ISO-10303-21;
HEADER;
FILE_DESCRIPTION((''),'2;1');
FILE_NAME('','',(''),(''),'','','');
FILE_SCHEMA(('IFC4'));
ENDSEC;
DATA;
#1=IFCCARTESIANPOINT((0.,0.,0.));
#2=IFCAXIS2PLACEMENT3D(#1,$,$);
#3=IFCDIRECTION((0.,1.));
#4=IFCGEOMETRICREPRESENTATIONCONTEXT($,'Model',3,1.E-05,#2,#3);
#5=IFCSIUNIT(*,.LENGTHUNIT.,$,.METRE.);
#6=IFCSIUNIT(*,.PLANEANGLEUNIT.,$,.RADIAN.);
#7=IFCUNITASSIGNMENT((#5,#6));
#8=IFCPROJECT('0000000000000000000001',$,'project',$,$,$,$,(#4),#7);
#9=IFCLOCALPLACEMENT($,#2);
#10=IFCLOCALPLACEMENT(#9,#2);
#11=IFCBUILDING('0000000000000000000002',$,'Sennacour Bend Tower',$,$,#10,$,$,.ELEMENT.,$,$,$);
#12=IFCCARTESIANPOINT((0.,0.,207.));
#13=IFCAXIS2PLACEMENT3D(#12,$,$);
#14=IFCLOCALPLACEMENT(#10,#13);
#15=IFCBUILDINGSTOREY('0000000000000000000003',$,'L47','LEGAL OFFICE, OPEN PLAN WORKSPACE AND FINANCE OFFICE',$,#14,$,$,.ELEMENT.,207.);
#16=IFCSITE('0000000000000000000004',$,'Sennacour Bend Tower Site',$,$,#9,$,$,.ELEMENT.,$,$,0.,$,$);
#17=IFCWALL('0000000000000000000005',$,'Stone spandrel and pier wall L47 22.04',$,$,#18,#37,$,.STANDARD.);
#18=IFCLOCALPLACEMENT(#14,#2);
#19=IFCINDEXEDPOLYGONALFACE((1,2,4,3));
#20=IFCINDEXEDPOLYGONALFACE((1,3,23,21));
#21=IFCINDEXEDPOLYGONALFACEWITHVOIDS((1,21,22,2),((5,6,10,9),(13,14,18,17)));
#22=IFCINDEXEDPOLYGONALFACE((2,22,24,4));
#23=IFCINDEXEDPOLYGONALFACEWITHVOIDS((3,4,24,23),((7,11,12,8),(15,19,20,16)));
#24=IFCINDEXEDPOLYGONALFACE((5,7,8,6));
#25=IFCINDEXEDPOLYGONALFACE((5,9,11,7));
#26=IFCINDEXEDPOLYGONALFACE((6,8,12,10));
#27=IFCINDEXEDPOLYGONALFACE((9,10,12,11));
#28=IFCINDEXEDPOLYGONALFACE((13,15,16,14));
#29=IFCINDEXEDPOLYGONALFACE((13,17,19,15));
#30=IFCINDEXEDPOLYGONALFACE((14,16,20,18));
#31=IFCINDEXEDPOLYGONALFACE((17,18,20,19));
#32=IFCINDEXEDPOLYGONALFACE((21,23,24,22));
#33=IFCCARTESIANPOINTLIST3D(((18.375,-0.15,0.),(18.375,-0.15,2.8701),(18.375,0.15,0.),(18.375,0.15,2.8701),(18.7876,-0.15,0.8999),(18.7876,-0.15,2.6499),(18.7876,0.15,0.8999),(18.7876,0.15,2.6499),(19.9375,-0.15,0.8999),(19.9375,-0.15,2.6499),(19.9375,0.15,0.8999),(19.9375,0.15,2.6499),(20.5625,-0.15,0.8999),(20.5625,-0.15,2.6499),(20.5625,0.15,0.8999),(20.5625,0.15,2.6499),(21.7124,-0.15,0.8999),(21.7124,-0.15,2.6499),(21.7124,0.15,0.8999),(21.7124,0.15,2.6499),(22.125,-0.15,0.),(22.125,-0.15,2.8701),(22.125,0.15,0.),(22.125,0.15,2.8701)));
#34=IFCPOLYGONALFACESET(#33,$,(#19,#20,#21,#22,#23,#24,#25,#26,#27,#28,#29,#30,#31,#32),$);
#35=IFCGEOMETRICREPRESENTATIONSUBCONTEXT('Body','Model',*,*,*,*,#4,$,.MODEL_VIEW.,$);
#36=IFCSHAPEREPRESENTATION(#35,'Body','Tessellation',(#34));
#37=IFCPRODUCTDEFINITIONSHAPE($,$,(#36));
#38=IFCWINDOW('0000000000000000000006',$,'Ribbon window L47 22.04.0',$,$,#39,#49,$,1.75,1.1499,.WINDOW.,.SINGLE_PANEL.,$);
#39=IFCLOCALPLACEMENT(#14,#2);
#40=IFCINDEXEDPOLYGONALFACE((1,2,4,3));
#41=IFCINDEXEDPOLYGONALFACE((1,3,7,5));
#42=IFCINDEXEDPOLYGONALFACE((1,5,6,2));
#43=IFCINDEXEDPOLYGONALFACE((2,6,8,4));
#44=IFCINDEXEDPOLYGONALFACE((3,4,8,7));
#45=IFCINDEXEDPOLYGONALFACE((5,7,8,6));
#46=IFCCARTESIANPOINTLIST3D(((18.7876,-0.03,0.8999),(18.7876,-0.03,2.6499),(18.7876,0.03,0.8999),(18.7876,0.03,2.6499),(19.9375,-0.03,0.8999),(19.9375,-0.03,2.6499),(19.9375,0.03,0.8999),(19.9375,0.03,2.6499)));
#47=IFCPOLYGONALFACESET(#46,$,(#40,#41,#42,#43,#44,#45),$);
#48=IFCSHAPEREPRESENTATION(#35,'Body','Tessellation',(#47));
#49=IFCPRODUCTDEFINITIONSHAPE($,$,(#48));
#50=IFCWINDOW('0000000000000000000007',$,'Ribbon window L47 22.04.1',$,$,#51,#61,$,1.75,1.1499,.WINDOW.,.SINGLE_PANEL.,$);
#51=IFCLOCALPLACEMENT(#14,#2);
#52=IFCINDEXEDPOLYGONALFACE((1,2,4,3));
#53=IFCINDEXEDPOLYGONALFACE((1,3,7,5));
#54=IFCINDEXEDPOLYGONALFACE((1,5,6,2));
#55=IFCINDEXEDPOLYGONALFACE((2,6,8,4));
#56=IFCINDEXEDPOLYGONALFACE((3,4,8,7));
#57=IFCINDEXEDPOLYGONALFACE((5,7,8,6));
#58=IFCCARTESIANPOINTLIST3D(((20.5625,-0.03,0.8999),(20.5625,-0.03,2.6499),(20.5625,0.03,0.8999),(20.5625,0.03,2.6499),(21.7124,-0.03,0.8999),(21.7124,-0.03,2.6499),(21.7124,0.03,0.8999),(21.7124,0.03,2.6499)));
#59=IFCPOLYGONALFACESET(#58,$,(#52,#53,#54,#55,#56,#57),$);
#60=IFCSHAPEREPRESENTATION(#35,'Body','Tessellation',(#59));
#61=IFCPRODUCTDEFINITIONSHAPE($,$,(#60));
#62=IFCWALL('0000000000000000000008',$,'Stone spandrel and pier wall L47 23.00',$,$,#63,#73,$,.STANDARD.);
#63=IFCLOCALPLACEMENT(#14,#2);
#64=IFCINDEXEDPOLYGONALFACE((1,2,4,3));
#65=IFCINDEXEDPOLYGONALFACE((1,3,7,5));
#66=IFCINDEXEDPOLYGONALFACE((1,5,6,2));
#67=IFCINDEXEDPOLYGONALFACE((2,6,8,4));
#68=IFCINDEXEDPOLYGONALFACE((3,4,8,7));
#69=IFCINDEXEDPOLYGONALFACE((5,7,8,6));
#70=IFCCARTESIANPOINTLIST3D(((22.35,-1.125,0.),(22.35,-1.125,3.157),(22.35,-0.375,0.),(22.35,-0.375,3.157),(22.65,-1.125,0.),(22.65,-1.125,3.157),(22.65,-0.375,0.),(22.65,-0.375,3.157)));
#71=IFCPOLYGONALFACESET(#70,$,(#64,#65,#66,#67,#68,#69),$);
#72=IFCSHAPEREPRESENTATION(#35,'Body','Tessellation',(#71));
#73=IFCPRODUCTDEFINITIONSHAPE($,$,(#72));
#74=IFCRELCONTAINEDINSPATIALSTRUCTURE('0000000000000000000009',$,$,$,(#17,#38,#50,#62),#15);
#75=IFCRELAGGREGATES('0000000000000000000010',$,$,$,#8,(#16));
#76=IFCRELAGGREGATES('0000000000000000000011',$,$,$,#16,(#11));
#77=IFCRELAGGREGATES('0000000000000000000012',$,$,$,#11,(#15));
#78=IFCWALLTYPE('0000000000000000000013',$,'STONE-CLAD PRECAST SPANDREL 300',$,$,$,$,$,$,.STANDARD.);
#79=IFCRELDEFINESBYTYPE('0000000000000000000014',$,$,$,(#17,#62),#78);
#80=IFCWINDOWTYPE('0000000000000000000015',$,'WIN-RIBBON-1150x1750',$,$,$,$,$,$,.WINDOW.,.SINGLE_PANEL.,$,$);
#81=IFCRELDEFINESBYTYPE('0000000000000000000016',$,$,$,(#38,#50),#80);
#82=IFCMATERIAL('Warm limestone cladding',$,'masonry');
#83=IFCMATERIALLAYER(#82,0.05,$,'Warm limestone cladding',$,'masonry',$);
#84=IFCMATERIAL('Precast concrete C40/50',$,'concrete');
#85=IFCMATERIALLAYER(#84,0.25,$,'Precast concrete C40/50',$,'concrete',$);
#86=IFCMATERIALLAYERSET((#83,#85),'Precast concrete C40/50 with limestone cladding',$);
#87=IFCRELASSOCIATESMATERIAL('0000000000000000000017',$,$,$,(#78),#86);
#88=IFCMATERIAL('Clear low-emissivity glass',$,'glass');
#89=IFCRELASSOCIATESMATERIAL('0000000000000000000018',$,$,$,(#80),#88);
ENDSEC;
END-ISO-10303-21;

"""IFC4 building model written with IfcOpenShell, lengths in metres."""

from ifc_helpers import new_model, si_unit, direction, frame, frame_2d, origin, place, context, subcontext, project, spatial, rectangle, extrude, material, layer, layer_set, type_object, element, fill, save


model = new_model("IFC4")

# Units and contexts
model_context = context("Model", 3, precision=1e-05, world=origin(), true_north=direction((0.0, 1.0)))
body_context = subcontext(model_context, "Body", "Model", "MODEL_VIEW")
ifc_project = project(units=[si_unit("LENGTHUNIT", "METRE"), si_unit("PLANEANGLEUNIT", "RADIAN")], contexts=[model_context])

# Site, building, storey
site_placement = place(None, origin())
site = spatial("IfcSite", under=ifc_project, at=site_placement, Name="Sennacour Bend Tower Site", CompositionType="ELEMENT", RefElevation=0.0)
building_placement = place(site_placement, origin())
building = spatial("IfcBuilding", under=site, at=building_placement, Name="Sennacour Bend Tower", CompositionType="ELEMENT")
storey_placement = place(building_placement, frame((0.0, 0.0, 207.0)))
storey = spatial("IfcBuildingStorey", under=building, at=storey_placement, Name="L47", Description="LEGAL OFFICE, OPEN PLAN WORKSPACE AND FINANCE OFFICE", CompositionType="ELEMENT", Elevation=207.0)

# Wall, openings, windows
ifc_material_1 = material(Name="Warm limestone cladding", Category="masonry")
ifc_layer_1 = layer(ifc_material_1, 0.05, Name="Warm limestone cladding", Category="masonry")
ifc_material_2 = material(Name="Precast concrete C40/50", Category="concrete")
ifc_layer_2 = layer(ifc_material_2, 0.25, Name="Precast concrete C40/50", Category="concrete")
ifc_layer_set = layer_set([ifc_layer_1, ifc_layer_2], Name="Precast concrete C40/50 with limestone cladding")
wall_type = type_object("IfcWallType", Name="STONE-CLAD PRECAST SPANDREL 300", PredefinedType="STANDARD", material=ifc_layer_set)
ifc_material_3 = material(Name="Clear low-emissivity glass", Category="glass")
window_type_1 = type_object("IfcWindowType", Name="WIN-RIBBON-1150x1750", PartitioningType="SINGLE_PANEL", PredefinedType="WINDOW", material=ifc_material_3)
wall_1_placement = place(storey_placement, frame((18.375, 0.0, 0.0), z_axis=(0.0, 0.0, 1.0), x_axis=(1.0, 0.0, 0.0)))
wall_1 = element("IfcWall", 1, at=wall_1_placement, inside=storey, type_object=wall_type, Name="Stone spandrel and pier wall L47 22.04", PredefinedType="STANDARD", context=body_context, shape_type="SweptSolid", body=[
    extrude(rectangle(XDim=3.75, YDim=0.3, at=frame_2d((1.875, 0.0))), origin(), (0.0, 0.0, 1.0), 2.8701),
])
opening_1_placement = place(wall_1_placement, frame((0.4126, 0.0, 0.8999)))
opening_1 = element("IfcOpeningElement", 2, at=opening_1_placement, cuts=wall_1, PredefinedType="OPENING", context=body_context, shape_type="SweptSolid", body=[
    extrude(rectangle(XDim=1.1499, YDim=1.75, at=frame_2d((0.575, 0.875))), frame((0.0, 0.1602, 0.0), z_axis=(0.0, -1.0, 0.0), x_axis=(1.0, 0.0, 0.0)), (0.0, 0.0, 1.0), 0.3201),
])
opening_2_placement = place(wall_1_placement, frame((2.1875, 0.0, 0.8999)))
opening_2 = element("IfcOpeningElement", 3, at=opening_2_placement, cuts=wall_1, PredefinedType="OPENING", context=body_context, shape_type="SweptSolid", body=[
    extrude(rectangle(XDim=1.1499, YDim=1.75, at=frame_2d((0.575, 0.875))), frame((0.0, 0.1602, 0.0), z_axis=(0.0, -1.0, 0.0), x_axis=(1.0, 0.0, 0.0)), (0.0, 0.0, 1.0), 0.3201),
])
window_1_placement = place(opening_1_placement, origin())
window_1 = element("IfcWindow", 4, at=window_1_placement, inside=storey, type_object=window_type_1, Name="Ribbon window L47 22.04.0", OverallHeight=1.75, OverallWidth=1.1499, PartitioningType="SINGLE_PANEL", PredefinedType="WINDOW", context=body_context, shape_type="SweptSolid", body=[
    extrude(rectangle(XDim=1.1499, YDim=1.75, at=frame_2d((0.575, 0.875))), frame((0.0, 0.03, 0.0), z_axis=(0.0, -1.0, 0.0), x_axis=(1.0, 0.0, 0.0)), (0.0, 0.0, 1.0), 0.0601),
])
fill(opening_1, window_1)
window_2_placement = place(opening_2_placement, origin())
window_2 = element("IfcWindow", 5, at=window_2_placement, inside=storey, type_object=window_type_1, Name="Ribbon window L47 22.04.1", OverallHeight=1.75, OverallWidth=1.1499, PartitioningType="SINGLE_PANEL", PredefinedType="WINDOW", context=body_context, shape_type="SweptSolid", body=[
    extrude(rectangle(XDim=1.1499, YDim=1.75, at=frame_2d((0.575, 0.875))), frame((0.0, 0.03, 0.0), z_axis=(0.0, -1.0, 0.0), x_axis=(1.0, 0.0, 0.0)), (0.0, 0.0, 1.0), 0.0601),
])
fill(opening_2, window_2)

# Wall
wall_2_placement = place(storey_placement, frame((22.5, -0.375, 0.0), z_axis=(0.0, 0.0, 1.0), x_axis=(0.0, -1.0, 0.0)))
element("IfcWall", 6, at=wall_2_placement, inside=storey, type_object=wall_type, Name="Stone spandrel and pier wall L47 23.00", PredefinedType="STANDARD", context=body_context, shape_type="SweptSolid", body=[
    extrude(rectangle(XDim=0.75, YDim=0.3, at=frame_2d((0.375, 0.0))), origin(), (0.0, 0.0, 1.0), 3.157),
])

save(model, "model.ifc")
